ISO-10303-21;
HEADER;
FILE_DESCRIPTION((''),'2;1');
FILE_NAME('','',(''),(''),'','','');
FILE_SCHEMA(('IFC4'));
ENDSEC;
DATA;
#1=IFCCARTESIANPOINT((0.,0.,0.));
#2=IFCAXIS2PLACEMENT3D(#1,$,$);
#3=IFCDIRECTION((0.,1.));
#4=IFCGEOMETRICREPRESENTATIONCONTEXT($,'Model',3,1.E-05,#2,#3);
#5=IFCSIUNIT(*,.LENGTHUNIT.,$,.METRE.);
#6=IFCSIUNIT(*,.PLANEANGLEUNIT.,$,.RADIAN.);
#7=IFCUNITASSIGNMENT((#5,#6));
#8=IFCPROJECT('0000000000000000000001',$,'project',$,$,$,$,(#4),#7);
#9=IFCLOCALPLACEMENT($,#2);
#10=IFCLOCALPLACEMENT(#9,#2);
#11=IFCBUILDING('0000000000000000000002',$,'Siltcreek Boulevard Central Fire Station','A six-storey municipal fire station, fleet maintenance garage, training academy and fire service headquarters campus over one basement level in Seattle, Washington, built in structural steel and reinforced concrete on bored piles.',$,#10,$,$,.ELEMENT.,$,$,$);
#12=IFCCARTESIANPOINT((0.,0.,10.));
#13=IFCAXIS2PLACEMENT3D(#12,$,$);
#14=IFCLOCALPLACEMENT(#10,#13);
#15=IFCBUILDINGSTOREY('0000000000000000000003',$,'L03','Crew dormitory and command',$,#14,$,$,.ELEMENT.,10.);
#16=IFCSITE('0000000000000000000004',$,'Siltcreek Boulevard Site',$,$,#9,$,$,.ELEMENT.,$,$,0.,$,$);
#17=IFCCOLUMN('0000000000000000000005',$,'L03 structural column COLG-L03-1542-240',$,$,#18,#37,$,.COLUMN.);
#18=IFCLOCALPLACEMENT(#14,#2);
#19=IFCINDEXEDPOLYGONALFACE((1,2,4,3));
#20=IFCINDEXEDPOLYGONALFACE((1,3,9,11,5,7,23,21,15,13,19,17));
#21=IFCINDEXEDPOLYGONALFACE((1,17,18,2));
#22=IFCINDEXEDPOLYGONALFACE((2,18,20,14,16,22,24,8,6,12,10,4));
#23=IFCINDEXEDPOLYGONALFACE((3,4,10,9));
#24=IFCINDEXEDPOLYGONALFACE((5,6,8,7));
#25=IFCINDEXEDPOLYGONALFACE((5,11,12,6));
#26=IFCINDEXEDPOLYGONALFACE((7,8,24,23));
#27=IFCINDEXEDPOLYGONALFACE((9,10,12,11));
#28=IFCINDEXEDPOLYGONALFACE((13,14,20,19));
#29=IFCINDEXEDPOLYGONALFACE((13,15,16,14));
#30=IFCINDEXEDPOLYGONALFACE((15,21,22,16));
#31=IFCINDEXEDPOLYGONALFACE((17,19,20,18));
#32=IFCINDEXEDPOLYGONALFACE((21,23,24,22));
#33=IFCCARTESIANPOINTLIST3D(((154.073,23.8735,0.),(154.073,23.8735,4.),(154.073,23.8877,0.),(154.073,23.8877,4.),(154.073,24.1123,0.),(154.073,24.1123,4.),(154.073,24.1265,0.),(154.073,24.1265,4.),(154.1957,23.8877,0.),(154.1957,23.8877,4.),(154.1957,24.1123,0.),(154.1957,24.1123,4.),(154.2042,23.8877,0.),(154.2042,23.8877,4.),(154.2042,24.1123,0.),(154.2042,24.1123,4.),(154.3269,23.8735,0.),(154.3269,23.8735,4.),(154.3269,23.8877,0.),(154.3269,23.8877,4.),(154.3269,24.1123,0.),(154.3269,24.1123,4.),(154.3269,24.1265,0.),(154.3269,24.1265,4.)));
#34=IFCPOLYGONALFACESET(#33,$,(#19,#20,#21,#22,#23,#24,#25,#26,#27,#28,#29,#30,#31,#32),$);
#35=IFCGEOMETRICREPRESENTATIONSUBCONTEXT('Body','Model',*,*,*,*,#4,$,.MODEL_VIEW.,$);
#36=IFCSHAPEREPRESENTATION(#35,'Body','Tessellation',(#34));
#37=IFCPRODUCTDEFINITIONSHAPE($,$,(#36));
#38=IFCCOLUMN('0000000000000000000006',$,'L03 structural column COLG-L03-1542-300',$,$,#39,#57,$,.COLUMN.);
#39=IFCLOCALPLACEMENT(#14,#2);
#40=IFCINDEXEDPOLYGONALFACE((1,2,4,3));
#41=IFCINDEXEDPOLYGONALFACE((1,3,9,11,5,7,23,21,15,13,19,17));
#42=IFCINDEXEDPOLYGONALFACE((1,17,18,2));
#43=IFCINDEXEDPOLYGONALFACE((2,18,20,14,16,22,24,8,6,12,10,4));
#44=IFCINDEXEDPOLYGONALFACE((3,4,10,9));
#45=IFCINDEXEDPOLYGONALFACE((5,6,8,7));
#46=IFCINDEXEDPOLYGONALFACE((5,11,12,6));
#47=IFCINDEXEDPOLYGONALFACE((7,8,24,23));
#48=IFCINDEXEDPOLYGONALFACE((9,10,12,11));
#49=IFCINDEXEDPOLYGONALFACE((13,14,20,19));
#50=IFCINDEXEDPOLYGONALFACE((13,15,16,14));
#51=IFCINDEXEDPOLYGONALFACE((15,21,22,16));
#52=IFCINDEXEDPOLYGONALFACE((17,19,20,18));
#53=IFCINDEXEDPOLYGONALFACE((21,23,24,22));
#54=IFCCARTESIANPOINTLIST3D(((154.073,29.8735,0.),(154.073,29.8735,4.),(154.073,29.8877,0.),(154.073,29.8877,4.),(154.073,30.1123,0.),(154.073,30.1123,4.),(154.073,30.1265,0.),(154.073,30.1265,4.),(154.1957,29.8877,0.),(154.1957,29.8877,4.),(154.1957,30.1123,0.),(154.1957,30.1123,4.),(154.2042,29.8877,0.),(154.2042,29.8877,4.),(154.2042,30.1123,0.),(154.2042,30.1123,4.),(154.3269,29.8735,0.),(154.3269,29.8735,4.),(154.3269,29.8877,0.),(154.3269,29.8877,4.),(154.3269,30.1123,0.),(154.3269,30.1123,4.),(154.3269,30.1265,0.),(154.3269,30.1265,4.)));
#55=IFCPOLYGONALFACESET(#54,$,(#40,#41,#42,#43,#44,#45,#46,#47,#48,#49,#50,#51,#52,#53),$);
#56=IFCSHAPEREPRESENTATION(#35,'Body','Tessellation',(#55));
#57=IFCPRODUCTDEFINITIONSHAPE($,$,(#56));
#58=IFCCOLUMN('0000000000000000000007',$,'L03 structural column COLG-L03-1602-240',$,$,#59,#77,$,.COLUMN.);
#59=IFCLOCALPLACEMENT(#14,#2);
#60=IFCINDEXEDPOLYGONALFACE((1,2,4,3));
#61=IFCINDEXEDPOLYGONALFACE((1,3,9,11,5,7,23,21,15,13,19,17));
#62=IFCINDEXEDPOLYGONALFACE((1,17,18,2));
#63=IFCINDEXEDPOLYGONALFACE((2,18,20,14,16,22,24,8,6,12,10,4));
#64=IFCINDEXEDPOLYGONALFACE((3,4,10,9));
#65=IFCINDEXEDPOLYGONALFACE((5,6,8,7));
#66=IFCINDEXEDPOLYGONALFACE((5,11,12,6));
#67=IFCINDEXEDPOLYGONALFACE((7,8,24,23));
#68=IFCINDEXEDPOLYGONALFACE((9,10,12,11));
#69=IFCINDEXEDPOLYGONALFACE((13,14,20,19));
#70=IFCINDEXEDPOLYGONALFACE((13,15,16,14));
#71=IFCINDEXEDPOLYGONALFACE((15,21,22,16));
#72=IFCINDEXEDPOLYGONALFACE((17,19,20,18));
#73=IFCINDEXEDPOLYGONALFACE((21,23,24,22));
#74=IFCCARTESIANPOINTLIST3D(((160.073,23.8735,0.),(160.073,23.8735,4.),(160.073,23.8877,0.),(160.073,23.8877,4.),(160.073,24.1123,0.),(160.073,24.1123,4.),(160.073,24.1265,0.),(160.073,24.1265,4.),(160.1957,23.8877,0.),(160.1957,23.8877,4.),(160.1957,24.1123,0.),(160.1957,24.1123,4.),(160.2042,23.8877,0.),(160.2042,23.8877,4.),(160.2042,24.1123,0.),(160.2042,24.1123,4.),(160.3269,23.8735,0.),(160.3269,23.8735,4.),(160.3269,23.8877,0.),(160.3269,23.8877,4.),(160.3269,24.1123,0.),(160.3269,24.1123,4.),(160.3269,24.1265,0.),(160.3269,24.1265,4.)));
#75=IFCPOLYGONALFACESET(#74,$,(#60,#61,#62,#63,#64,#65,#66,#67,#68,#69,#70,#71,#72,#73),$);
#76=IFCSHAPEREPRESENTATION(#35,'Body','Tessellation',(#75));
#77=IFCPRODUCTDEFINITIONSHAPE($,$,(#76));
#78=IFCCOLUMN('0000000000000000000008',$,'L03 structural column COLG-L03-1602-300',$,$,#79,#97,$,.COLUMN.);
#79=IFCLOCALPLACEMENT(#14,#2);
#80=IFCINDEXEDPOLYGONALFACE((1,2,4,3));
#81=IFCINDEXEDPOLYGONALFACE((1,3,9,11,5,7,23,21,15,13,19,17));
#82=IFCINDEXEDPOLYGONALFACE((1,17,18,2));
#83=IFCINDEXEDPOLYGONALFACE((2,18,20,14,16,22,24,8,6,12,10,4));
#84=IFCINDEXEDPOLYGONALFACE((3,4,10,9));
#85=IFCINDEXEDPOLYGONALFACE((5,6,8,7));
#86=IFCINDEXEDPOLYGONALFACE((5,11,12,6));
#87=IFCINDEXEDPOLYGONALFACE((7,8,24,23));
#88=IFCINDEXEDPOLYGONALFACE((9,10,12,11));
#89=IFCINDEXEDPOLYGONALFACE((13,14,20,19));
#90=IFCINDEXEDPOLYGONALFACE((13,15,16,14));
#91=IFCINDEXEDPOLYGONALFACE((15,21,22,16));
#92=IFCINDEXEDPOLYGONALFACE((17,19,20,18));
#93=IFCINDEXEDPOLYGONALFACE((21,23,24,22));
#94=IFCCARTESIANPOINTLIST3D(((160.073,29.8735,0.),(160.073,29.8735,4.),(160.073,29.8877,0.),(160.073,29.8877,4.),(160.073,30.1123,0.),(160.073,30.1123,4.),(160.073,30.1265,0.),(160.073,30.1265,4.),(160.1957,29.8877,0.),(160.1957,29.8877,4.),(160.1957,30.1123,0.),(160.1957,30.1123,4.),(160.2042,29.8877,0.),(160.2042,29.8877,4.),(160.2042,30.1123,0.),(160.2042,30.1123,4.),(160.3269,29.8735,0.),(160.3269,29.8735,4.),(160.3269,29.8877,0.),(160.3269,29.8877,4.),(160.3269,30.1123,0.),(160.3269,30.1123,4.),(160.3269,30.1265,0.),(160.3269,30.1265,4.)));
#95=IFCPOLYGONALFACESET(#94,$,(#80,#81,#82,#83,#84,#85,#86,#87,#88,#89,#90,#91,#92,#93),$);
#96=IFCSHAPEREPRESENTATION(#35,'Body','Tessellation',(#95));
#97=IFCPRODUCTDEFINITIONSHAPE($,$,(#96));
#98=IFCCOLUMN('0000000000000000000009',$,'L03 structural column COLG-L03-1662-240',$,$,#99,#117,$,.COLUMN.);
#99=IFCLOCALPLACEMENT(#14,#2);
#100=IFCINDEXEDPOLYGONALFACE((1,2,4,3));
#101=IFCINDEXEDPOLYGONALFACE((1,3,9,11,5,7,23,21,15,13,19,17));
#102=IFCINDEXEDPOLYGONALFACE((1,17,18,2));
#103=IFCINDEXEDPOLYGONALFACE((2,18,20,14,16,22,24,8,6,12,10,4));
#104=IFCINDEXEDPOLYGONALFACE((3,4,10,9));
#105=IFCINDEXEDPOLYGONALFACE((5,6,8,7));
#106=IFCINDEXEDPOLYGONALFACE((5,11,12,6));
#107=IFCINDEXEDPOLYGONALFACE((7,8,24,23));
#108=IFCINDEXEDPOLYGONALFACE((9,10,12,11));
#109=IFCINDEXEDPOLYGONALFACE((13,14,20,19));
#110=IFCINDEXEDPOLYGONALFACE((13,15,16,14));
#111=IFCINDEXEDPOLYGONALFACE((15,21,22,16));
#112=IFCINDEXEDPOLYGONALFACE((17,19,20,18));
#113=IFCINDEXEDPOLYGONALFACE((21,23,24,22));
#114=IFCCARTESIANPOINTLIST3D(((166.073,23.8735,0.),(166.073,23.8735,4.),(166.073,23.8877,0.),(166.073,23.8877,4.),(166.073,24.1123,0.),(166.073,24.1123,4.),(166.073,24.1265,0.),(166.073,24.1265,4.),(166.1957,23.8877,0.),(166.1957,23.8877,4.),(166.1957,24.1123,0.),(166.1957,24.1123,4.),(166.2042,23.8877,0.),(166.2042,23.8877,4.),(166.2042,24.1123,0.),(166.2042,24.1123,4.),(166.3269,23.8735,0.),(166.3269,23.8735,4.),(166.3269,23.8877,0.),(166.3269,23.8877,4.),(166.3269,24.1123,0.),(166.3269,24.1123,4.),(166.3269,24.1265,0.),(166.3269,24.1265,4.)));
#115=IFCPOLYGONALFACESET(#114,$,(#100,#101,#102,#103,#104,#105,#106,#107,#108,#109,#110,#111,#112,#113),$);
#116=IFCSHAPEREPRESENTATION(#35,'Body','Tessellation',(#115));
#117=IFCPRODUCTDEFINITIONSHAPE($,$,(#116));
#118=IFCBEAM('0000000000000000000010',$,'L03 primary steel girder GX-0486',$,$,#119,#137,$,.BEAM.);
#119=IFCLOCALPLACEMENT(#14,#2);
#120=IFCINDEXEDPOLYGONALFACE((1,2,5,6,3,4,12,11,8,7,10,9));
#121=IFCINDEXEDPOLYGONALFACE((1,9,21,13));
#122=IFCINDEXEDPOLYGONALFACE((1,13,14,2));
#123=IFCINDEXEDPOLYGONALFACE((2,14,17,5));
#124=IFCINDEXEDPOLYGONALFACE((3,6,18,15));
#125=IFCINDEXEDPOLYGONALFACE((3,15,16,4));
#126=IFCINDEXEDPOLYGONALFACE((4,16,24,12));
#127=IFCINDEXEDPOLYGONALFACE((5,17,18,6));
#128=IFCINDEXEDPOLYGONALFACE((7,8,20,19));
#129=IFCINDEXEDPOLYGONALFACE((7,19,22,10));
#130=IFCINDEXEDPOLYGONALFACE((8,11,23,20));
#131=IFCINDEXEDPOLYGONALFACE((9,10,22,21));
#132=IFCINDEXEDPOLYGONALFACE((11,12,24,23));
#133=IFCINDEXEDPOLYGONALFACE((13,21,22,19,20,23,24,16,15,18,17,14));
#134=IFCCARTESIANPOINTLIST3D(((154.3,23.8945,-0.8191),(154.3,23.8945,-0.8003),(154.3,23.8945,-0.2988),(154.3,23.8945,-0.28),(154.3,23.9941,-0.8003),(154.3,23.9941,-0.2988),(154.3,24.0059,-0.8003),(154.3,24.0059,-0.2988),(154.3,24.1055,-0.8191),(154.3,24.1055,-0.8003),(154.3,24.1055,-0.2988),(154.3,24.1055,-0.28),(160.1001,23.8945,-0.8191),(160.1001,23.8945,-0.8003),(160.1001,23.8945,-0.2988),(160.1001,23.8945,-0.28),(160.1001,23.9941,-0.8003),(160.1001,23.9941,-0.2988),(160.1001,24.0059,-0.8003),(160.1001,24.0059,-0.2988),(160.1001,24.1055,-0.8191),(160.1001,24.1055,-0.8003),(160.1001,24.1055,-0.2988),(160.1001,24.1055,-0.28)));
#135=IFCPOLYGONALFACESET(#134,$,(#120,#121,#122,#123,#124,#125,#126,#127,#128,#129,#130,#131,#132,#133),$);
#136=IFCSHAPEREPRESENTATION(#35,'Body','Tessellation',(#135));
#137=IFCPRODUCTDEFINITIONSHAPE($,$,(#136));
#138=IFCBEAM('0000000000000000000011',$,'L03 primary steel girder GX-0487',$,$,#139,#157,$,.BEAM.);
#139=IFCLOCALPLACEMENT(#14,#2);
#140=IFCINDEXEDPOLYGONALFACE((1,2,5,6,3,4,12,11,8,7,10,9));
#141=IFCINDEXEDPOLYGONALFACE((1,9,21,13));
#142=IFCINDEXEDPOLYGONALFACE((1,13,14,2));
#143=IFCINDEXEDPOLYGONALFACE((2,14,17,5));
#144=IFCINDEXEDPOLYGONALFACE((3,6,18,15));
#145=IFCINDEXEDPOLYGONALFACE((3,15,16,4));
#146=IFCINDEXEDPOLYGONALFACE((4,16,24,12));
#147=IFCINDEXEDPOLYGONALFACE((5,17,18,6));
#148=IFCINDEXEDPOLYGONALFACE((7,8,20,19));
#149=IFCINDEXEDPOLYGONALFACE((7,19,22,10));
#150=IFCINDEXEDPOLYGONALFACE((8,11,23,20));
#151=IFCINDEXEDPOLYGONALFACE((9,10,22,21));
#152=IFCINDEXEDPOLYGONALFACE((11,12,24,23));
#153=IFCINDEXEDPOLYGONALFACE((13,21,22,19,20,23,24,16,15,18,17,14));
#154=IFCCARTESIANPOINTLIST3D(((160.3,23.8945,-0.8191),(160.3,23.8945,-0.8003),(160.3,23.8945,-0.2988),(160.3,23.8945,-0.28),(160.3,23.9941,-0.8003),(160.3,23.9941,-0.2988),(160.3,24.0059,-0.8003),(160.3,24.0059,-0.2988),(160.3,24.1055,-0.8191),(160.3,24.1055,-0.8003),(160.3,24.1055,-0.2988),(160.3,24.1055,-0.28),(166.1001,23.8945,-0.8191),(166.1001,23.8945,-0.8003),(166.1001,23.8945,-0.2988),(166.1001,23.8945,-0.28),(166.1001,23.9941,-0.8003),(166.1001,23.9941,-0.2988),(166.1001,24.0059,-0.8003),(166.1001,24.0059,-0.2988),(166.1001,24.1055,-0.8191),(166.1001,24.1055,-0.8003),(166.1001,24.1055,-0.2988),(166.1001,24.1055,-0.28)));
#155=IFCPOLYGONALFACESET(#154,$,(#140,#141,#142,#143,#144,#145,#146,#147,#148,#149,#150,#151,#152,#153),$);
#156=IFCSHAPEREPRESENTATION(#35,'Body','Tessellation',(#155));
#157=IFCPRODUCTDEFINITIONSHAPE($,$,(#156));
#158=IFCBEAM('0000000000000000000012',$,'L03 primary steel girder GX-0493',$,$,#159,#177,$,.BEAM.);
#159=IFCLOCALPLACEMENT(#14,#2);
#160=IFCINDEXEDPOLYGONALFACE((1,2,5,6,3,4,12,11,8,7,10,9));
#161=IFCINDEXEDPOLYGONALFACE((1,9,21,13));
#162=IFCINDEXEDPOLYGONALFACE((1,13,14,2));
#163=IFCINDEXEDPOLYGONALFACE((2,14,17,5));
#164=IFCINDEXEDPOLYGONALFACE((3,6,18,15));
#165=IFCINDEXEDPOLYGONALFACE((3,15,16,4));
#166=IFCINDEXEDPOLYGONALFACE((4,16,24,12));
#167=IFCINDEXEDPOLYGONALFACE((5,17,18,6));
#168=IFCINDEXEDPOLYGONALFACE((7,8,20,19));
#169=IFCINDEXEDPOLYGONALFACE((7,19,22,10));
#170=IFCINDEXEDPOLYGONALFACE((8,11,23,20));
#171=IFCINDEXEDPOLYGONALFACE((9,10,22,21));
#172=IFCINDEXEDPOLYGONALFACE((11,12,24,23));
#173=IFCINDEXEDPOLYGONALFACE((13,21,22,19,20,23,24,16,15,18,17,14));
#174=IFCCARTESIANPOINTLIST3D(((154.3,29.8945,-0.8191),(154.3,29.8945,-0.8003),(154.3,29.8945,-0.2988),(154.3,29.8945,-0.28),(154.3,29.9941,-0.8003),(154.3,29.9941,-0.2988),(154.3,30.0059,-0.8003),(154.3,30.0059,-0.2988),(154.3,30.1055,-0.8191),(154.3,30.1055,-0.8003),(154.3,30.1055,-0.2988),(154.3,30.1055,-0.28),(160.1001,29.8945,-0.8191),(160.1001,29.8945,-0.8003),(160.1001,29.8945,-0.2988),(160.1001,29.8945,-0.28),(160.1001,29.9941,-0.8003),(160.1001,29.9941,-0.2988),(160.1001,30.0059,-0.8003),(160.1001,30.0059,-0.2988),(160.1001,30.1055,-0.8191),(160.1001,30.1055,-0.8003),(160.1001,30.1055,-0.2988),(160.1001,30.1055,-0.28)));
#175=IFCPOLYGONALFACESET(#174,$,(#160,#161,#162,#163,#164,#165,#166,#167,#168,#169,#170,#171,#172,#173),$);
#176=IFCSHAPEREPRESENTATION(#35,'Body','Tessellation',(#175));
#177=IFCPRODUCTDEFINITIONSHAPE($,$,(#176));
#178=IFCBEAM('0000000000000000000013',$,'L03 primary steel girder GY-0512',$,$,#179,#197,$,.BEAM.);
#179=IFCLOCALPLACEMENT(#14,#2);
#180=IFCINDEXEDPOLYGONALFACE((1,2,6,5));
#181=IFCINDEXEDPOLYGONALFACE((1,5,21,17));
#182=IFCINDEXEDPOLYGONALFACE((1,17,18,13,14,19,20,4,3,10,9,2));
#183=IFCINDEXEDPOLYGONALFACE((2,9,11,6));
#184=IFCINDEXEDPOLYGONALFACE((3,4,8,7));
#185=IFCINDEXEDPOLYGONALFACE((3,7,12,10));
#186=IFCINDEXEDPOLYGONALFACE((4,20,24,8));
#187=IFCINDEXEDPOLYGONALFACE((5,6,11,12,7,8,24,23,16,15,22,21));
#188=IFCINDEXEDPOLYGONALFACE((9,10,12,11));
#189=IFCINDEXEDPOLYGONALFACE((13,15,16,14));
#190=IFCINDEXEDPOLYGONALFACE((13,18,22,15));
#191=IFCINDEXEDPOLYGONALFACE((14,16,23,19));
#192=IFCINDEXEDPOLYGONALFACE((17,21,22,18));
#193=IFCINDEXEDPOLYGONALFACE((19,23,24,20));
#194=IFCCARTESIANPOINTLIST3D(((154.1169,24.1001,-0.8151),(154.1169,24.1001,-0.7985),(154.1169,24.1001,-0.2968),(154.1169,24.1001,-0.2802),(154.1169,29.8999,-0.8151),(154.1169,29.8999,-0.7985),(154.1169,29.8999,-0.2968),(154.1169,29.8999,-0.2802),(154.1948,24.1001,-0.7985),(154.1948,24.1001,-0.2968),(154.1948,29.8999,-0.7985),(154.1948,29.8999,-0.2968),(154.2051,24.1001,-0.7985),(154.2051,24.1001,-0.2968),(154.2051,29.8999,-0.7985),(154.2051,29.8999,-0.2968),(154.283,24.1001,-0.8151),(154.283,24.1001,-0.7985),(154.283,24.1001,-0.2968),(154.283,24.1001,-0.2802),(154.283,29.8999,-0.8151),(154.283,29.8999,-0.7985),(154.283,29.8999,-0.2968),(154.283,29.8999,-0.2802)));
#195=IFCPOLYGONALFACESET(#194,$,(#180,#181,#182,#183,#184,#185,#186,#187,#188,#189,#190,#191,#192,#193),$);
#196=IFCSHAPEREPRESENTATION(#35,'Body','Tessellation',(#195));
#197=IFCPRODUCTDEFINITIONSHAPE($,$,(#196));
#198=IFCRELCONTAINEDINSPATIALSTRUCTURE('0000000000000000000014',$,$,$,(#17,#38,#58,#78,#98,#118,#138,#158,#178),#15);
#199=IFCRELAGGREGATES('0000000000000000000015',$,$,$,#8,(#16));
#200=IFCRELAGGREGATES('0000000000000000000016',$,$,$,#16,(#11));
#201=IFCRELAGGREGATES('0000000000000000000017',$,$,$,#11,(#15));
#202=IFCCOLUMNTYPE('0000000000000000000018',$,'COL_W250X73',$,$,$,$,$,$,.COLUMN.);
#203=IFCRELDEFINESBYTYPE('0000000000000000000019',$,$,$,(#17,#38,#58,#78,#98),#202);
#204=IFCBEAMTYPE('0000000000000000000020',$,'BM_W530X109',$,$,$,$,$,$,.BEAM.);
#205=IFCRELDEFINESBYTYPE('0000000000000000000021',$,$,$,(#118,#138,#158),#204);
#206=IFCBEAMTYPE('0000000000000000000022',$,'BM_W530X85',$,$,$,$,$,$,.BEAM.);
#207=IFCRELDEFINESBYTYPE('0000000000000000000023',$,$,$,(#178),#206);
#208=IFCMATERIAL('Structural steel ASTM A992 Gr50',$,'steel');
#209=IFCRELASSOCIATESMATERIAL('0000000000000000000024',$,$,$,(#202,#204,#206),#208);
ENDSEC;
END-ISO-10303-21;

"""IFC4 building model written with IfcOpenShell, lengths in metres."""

from ifc_helpers import new_model, si_unit, direction, frame, origin, origin_2d, place, context, subcontext, project, spatial, i_section, extrude, material, material_profile, profile_set, type_object, element, save


model = new_model("IFC4")

# Units and contexts
model_context = context("Model", 3, precision=1e-05, world=origin(), true_north=direction((0.0, 1.0)))
body_context = subcontext(model_context, "Body", "Model", "MODEL_VIEW")
ifc_project = project(units=[si_unit("LENGTHUNIT", "METRE"), si_unit("PLANEANGLEUNIT", "RADIAN")], contexts=[model_context])

# Site, building, storey
site_placement = place(None, origin())
site = spatial("IfcSite", under=ifc_project, at=site_placement, Name="Siltcreek Boulevard Site", CompositionType="ELEMENT", RefElevation=0.0)
building_placement = place(site_placement, origin())
building = spatial("IfcBuilding", under=site, at=building_placement, Name="Siltcreek Boulevard Central Fire Station", Description="A six-storey municipal fire station, fleet maintenance garage, training academy and fire service headquarters campus over one basement level in Seattle, Washington, built in structural steel and reinforced concrete on bored piles.", CompositionType="ELEMENT")
storey_placement = place(building_placement, frame((0.0, 0.0, 10.0)))
storey = spatial("IfcBuildingStorey", under=building, at=storey_placement, Name="L03", Description="Crew dormitory and command", CompositionType="ELEMENT", Elevation=10.0)

# Columns
ifc_material_1 = material(Name="Structural steel ASTM A992 Gr50", Category="steel")
ifc_material_profile_1 = material_profile(ifc_material_1, i_section(OverallWidth=0.2539, OverallDepth=0.2529, WebThickness=0.0085, FlangeThickness=0.0142, at=origin_2d()), Name="W250X73")
ifc_profile_set_1 = profile_set([ifc_material_profile_1], Name="Structural steel ASTM A992 Gr50")
column_type = type_object("IfcColumnType", Name="COL_W250X73", PredefinedType="COLUMN", material=ifc_profile_set_1)
for number, where, z_axis, x_axis, name in (
    (1, (154.2, 24.0, 0.0), (0.0, 0.0, 1.0), (1.0, 0.0, 0.0), "L03 structural column COLG-L03-1542-240"),
    (2, (154.2, 30.0, 0.0), (0.0, 0.0, 1.0), (1.0, 0.0, 0.0), "L03 structural column COLG-L03-1542-300"),
    (3, (160.2, 24.0, 0.0), (0.0, 0.0, 1.0), (1.0, 0.0, 0.0), "L03 structural column COLG-L03-1602-240"),
    (4, (160.2, 30.0, 0.0), (0.0, 0.0, 1.0), (1.0, 0.0, 0.0), "L03 structural column COLG-L03-1602-300"),
    (5, (166.2, 24.0, 0.0), (0.0, 0.0, 1.0), (1.0, 0.0, 0.0), "L03 structural column COLG-L03-1662-240"),
):
    element("IfcColumn", number, at=place(storey_placement, frame(where, z_axis=z_axis, x_axis=x_axis)), inside=storey, type_object=column_type, Name=name, PredefinedType="COLUMN", context=body_context, shape_type="SweptSolid", body=[
        extrude(i_section(OverallWidth=0.2539, OverallDepth=0.2529, WebThickness=0.0085, FlangeThickness=0.0142, at=origin_2d()), origin(), (0.0, 0.0, 1.0), 4.0),
    ])

# Beams
ifc_material_profile_2 = material_profile(ifc_material_1, i_section(OverallWidth=0.2109, OverallDepth=0.5391, WebThickness=0.0117, FlangeThickness=0.0188, at=origin_2d()), Name="W530X109")
ifc_profile_set_2 = profile_set([ifc_material_profile_2], Name="Structural steel ASTM A992 Gr50")
beam_type_1 = type_object("IfcBeamType", Name="BM_W530X109", PredefinedType="BEAM", material=ifc_profile_set_2)
for number, where, z_axis, x_axis, name in (
    (6, (154.3, 24.0, -0.5496), (1.0, 0.0, 0.0), (0.0, 1.0, 0.0), "L03 primary steel girder GX-0486"),
    (7, (160.3, 24.0, -0.5496), (1.0, 0.0, 0.0), (0.0, 1.0, 0.0), "L03 primary steel girder GX-0487"),
    (8, (154.3, 30.0, -0.5496), (1.0, 0.0, 0.0), (0.0, 1.0, 0.0), "L03 primary steel girder GX-0493"),
):
    element("IfcBeam", number, at=place(storey_placement, frame(where, z_axis=z_axis, x_axis=x_axis)), inside=storey, type_object=beam_type_1, Name=name, PredefinedType="BEAM", context=body_context, shape_type="SweptSolid", body=[
        extrude(i_section(OverallWidth=0.2109, OverallDepth=0.5391, WebThickness=0.0117, FlangeThickness=0.0188, at=origin_2d()), origin(), (0.0, 0.0, 1.0), 5.8),
    ])
ifc_material_profile_3 = material_profile(ifc_material_1, i_section(OverallWidth=0.166, OverallDepth=0.5349, WebThickness=0.0103, FlangeThickness=0.0166, at=origin_2d()), Name="W530X85")
ifc_profile_set_3 = profile_set([ifc_material_profile_3], Name="Structural steel ASTM A992 Gr50")
beam_type_2 = type_object("IfcBeamType", Name="BM_W530X85", PredefinedType="BEAM", material=ifc_profile_set_3)
for number, where, z_axis, x_axis, name in (
    (9, (154.2, 24.1001, -0.5476), (0.0, 1.0, 0.0), (-1.0, 0.0, 0.0), "L03 primary steel girder GY-0512"),
):
    element("IfcBeam", number, at=place(storey_placement, frame(where, z_axis=z_axis, x_axis=x_axis)), inside=storey, type_object=beam_type_2, Name=name, PredefinedType="BEAM", context=body_context, shape_type="SweptSolid", body=[
        extrude(i_section(OverallWidth=0.166, OverallDepth=0.5349, WebThickness=0.0103, FlangeThickness=0.0166, at=origin_2d()), origin(), (0.0, 0.0, 1.0), 5.7998),
    ])

save(model, "model.ifc")
